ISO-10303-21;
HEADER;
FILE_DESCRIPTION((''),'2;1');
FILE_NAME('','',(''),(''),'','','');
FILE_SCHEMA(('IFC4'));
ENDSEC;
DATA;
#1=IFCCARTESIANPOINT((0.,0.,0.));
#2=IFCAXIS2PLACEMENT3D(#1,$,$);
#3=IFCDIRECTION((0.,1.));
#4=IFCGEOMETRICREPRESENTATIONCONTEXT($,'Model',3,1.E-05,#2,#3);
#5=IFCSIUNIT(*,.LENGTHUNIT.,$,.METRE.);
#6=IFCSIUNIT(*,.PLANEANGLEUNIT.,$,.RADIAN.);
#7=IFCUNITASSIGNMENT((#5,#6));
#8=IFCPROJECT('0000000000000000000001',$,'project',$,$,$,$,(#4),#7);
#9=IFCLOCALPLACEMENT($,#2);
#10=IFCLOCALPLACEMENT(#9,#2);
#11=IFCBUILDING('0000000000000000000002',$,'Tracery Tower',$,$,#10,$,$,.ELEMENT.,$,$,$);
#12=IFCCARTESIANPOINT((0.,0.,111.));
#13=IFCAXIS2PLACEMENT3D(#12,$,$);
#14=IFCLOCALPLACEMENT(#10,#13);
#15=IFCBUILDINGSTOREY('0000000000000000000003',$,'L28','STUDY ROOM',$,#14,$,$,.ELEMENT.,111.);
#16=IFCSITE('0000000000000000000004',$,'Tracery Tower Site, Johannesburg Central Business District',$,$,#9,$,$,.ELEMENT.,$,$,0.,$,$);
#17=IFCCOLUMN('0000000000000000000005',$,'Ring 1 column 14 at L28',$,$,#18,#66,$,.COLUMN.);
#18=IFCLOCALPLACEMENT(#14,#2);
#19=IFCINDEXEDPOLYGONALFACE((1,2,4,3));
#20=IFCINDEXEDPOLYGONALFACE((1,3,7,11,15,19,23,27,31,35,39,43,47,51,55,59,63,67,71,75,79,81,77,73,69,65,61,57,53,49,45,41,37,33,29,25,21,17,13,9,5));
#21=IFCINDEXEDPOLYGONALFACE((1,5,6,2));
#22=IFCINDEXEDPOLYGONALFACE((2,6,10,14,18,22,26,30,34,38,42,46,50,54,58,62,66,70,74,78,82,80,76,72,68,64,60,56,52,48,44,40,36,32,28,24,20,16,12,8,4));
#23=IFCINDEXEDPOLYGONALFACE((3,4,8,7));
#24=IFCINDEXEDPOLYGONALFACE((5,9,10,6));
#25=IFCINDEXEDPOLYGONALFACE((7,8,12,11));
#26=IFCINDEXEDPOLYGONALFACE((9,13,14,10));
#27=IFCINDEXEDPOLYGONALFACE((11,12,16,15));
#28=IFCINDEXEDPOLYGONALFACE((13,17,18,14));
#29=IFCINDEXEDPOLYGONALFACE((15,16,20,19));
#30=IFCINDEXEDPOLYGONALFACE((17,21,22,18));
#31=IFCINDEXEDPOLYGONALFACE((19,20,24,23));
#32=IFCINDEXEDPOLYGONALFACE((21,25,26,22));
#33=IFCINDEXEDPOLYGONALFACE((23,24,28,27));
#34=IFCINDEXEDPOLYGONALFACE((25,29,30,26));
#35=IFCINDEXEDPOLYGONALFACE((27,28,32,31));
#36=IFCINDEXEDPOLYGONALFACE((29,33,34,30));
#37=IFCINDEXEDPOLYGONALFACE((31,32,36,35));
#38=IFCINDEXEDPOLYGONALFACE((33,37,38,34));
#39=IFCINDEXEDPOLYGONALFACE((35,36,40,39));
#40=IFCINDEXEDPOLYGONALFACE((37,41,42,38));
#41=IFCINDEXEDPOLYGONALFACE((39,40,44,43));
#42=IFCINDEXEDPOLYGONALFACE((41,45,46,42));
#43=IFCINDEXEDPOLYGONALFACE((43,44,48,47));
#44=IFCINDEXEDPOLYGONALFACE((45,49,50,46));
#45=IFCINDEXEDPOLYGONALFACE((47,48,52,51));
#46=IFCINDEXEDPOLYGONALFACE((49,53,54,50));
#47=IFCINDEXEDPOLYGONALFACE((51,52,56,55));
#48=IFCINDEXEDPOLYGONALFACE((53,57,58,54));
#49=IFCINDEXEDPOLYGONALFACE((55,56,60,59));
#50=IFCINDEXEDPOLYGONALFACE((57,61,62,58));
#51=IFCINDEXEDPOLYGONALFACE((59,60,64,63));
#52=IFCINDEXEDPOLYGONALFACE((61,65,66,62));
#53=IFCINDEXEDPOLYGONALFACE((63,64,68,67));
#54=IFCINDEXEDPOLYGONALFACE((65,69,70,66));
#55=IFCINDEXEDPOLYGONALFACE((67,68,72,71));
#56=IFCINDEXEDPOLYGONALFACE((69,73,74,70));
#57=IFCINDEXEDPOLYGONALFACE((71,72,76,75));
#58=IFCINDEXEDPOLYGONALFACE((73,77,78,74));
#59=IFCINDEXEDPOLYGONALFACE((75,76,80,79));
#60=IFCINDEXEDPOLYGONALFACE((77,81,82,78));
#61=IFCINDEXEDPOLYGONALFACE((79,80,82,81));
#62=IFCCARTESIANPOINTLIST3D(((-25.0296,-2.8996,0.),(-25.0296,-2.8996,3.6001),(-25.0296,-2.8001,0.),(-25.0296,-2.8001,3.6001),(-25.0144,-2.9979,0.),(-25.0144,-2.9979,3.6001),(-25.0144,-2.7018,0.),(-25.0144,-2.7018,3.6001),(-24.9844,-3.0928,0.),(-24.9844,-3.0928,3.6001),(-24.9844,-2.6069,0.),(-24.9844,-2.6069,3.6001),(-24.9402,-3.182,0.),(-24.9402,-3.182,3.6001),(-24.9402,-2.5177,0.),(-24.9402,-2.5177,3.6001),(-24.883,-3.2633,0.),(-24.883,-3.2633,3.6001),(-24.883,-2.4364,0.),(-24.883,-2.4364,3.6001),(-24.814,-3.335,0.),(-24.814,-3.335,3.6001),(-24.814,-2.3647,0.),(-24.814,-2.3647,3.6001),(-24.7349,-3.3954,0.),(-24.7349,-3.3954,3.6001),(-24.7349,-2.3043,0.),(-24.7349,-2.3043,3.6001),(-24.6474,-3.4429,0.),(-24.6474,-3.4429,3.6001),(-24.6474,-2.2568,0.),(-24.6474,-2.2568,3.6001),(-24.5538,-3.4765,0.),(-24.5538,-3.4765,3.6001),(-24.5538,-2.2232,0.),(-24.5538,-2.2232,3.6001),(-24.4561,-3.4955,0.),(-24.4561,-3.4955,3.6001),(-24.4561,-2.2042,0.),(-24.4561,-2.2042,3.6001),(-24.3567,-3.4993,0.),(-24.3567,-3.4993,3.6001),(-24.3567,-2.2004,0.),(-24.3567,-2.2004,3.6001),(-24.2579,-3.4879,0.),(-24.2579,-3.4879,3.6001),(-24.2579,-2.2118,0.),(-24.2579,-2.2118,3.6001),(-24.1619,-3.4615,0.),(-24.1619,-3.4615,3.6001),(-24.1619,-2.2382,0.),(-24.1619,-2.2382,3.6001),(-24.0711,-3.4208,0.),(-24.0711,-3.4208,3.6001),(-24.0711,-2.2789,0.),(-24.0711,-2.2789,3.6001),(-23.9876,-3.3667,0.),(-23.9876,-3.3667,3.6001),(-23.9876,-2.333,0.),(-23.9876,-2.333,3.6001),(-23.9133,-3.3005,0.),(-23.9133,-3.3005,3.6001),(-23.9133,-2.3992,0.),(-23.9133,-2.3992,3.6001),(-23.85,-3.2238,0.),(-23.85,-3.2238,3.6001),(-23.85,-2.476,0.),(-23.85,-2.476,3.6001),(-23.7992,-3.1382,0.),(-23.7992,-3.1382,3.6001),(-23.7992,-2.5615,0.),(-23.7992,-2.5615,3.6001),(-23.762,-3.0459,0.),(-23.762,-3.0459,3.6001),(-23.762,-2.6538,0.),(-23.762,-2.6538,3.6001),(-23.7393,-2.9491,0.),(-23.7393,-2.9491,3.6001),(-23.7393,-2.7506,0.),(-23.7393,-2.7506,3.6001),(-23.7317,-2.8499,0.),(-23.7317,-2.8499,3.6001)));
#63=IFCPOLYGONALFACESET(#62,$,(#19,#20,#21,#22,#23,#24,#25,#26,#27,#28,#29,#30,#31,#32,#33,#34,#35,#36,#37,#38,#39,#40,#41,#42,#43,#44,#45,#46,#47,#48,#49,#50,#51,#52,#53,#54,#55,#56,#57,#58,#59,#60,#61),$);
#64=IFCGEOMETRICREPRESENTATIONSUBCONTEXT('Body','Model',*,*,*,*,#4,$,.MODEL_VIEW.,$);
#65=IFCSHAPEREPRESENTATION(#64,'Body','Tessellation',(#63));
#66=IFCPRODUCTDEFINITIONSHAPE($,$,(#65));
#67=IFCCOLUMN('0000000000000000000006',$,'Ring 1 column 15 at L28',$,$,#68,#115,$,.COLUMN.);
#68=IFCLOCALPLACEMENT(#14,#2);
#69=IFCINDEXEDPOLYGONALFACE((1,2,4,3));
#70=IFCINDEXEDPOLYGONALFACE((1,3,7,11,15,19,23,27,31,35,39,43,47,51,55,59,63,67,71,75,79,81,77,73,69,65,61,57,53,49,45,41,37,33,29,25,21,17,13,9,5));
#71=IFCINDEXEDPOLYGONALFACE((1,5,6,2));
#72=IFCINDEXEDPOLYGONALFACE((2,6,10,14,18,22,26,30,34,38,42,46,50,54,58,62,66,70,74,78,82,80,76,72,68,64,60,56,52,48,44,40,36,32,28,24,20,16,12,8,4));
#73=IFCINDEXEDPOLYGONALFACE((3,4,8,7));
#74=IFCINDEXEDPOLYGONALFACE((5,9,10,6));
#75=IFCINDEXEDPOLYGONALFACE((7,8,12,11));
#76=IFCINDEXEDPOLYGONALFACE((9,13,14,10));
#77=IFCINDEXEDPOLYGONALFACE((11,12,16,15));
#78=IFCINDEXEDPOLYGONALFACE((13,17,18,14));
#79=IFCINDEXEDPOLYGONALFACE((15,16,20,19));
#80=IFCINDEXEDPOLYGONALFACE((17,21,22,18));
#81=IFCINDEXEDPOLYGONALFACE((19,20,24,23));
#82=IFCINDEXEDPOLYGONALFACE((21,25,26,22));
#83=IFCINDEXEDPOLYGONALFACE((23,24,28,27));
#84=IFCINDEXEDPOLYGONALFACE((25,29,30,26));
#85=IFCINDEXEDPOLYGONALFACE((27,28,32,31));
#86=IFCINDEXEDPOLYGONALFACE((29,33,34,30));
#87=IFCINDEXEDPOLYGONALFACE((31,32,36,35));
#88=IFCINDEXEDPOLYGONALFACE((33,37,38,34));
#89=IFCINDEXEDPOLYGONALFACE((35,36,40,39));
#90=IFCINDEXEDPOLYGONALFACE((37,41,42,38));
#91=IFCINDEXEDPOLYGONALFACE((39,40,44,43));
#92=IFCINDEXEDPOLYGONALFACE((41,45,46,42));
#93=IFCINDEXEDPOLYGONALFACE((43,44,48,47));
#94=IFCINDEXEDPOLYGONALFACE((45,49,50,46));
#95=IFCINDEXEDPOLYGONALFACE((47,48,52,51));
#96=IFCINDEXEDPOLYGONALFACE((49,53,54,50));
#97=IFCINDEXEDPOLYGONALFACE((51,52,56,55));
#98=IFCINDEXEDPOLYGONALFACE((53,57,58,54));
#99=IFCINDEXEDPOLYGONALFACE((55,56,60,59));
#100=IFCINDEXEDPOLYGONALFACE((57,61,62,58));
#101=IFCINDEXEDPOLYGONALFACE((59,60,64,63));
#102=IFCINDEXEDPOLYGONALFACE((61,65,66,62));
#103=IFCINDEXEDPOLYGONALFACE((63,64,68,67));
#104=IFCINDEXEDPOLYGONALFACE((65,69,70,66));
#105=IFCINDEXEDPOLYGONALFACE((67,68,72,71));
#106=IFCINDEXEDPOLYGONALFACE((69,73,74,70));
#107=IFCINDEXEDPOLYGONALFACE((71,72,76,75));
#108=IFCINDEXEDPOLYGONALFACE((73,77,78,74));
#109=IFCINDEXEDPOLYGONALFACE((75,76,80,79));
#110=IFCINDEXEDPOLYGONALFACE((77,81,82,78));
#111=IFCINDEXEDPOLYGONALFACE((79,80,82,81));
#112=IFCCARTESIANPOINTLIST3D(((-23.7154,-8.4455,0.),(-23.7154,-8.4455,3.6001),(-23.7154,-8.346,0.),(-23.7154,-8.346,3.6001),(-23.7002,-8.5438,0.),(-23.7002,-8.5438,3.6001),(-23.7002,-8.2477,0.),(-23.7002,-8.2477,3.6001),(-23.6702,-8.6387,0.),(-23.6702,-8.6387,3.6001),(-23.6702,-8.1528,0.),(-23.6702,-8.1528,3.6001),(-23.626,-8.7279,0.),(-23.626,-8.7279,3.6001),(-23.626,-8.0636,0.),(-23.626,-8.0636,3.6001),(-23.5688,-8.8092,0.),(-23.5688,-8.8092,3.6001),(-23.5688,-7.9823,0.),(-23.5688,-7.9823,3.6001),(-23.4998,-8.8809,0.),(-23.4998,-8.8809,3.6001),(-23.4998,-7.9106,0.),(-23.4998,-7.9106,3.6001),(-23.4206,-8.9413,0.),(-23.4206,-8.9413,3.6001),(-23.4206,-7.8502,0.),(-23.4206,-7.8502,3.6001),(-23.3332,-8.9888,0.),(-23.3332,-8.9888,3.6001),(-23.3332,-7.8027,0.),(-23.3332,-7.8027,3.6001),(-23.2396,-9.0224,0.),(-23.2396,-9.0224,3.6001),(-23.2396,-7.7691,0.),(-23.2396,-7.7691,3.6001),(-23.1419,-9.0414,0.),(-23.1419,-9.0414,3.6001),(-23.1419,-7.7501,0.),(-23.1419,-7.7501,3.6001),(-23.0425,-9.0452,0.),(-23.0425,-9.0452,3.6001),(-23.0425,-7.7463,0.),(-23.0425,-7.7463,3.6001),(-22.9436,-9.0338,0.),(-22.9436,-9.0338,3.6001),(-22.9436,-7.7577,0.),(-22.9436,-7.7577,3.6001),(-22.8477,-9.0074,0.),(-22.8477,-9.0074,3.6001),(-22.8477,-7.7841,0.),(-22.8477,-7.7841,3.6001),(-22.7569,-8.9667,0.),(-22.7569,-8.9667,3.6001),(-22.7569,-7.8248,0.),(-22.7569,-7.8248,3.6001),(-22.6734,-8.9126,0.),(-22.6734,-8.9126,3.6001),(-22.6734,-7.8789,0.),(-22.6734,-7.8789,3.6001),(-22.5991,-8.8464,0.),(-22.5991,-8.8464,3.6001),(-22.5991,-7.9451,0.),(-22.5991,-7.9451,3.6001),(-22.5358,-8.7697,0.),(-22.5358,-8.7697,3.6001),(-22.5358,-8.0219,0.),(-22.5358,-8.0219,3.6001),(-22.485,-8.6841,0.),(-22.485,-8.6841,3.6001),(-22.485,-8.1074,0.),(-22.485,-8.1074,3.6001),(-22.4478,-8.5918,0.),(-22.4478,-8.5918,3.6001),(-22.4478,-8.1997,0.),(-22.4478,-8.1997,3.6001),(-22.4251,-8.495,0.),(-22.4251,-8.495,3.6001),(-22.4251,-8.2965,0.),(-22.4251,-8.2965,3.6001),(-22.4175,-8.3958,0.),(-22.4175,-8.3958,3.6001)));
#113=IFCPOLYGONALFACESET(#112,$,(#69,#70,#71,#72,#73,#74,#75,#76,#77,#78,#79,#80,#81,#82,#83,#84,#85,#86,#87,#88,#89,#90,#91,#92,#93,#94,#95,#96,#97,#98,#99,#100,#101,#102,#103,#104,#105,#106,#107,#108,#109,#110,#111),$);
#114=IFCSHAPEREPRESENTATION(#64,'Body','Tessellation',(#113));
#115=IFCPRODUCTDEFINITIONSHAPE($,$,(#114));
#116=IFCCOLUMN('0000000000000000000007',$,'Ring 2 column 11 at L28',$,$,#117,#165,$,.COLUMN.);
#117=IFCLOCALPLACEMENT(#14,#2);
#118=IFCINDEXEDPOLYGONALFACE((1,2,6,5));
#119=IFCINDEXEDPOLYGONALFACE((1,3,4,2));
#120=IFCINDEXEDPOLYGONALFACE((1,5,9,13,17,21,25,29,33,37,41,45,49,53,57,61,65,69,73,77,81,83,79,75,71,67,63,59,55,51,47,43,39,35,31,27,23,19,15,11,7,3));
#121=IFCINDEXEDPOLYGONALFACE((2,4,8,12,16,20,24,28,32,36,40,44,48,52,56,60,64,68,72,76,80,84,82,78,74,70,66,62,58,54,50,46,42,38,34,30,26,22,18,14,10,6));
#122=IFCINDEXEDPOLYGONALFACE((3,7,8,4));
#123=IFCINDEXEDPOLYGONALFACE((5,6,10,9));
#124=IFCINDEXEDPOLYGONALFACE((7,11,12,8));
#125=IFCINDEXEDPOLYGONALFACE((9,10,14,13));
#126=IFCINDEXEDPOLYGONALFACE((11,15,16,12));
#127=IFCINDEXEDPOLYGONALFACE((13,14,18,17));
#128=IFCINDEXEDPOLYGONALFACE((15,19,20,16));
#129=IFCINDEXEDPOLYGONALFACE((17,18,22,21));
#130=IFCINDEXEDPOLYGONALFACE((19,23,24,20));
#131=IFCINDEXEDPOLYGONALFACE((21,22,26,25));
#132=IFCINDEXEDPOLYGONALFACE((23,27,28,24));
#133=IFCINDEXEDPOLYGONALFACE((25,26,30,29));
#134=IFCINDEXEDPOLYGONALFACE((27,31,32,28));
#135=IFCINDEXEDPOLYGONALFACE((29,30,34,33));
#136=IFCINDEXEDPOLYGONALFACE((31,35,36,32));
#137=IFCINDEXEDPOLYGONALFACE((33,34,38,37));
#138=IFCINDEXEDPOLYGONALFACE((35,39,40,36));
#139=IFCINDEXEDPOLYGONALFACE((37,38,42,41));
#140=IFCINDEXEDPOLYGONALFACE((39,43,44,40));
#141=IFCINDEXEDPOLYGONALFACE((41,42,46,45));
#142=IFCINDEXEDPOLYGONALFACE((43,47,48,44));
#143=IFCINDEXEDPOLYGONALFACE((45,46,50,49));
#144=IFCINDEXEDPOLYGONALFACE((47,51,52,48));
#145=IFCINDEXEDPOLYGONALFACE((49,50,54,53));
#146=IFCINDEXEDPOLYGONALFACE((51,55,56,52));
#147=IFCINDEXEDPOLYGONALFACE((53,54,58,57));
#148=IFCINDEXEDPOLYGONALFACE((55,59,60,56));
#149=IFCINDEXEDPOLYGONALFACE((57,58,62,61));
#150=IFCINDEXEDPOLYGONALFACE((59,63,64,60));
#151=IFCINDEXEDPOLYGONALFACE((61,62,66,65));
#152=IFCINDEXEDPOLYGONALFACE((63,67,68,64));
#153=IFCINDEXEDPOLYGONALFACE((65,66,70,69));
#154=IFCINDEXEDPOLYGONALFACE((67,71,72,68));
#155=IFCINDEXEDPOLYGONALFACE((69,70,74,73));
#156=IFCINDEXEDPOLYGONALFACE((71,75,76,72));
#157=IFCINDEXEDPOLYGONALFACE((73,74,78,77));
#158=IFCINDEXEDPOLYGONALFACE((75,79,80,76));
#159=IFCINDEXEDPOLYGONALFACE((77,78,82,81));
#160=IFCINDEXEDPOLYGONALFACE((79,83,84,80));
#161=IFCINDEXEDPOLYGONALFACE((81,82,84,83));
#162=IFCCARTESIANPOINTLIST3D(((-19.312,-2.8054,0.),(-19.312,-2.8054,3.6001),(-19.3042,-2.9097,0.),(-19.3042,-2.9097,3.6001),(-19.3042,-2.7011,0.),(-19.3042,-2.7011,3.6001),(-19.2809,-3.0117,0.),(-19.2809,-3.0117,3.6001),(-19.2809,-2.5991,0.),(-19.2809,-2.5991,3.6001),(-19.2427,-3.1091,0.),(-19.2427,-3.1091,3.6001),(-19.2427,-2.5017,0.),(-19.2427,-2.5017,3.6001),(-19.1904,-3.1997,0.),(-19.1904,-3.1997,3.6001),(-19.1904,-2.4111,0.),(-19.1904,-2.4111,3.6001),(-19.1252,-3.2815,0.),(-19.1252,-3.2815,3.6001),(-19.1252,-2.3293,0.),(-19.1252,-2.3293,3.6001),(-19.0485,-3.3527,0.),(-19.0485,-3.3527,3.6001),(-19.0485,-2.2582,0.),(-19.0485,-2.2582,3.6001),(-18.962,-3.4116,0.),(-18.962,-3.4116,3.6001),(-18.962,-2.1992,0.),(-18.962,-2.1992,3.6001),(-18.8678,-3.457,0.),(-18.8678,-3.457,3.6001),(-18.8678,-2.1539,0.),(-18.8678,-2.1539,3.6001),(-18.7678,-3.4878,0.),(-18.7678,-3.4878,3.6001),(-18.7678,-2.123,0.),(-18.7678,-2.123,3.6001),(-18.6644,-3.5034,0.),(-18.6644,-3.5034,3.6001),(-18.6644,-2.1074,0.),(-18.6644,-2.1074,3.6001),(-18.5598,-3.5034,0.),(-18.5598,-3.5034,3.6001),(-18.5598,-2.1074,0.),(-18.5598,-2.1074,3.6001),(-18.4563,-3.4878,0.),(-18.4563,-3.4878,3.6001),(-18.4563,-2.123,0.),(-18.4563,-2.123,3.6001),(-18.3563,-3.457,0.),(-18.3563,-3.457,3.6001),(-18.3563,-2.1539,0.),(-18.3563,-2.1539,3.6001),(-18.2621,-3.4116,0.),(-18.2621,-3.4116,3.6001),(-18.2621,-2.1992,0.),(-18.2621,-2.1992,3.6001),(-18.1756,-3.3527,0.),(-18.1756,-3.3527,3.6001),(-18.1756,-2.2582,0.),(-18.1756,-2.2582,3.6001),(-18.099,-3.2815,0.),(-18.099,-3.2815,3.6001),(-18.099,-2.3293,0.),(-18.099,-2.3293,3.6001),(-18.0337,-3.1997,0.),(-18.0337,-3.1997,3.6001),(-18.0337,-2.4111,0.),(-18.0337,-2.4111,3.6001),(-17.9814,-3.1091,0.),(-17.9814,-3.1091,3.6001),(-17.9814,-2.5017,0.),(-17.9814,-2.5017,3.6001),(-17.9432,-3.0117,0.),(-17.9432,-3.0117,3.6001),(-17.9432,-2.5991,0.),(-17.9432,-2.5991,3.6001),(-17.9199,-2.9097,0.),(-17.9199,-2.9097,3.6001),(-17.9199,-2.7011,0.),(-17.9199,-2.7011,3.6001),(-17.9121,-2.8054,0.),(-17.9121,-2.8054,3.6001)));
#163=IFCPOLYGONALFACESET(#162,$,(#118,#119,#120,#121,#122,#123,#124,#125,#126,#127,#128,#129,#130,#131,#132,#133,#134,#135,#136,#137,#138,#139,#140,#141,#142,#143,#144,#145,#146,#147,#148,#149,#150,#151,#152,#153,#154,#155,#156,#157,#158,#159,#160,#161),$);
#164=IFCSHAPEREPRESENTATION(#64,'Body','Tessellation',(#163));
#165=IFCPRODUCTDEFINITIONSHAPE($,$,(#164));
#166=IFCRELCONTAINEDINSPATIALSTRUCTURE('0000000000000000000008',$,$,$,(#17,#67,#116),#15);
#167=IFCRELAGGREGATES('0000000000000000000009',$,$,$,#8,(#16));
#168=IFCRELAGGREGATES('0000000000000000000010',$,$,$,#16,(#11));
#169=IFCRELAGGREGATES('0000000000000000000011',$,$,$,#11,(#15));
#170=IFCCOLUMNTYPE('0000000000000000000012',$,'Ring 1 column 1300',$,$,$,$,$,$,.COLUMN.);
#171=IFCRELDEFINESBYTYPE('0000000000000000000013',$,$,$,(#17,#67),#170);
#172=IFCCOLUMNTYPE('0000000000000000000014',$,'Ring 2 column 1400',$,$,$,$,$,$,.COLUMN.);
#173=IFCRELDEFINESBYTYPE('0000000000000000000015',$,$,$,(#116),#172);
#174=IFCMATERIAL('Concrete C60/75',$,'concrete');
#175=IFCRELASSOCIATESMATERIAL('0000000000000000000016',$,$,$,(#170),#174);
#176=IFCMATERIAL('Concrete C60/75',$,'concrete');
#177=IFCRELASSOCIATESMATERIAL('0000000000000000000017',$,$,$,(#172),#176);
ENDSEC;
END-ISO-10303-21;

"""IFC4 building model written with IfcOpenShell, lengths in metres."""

from ifc_helpers import new_model, si_unit, direction, frame, origin, origin_2d, place, context, subcontext, project, spatial, circle, extrude, material, material_profile, profile_set, type_object, element, save


model = new_model("IFC4")

# Units and contexts
model_context = context("Model", 3, precision=1e-05, world=origin(), true_north=direction((0.0, 1.0)))
body_context = subcontext(model_context, "Body", "Model", "MODEL_VIEW")
ifc_project = project(units=[si_unit("LENGTHUNIT", "METRE"), si_unit("PLANEANGLEUNIT", "RADIAN")], contexts=[model_context])

# Site, building, storey
site_placement = place(None, origin())
site = spatial("IfcSite", under=ifc_project, at=site_placement, Name="Tracery Tower Site, Johannesburg Central Business District", CompositionType="ELEMENT", RefElevation=0.0)
building_placement = place(site_placement, origin())
building = spatial("IfcBuilding", under=site, at=building_placement, Name="Tracery Tower", CompositionType="ELEMENT")
storey_placement = place(building_placement, frame((0.0, 0.0, 111.0)))
storey = spatial("IfcBuildingStorey", under=building, at=storey_placement, Name="L28", Description="STUDY ROOM", CompositionType="ELEMENT", Elevation=111.0)

# Columns
ifc_material_1 = material(Name="Concrete C60/75", Category="concrete")
ifc_material_profile_1 = material_profile(ifc_material_1, circle(Radius=0.6499, at=origin_2d()), Name="RC D1300")
ifc_profile_set_1 = profile_set([ifc_material_profile_1], Name="Concrete C60/75")
column_type_1 = type_object("IfcColumnType", Name="Ring 1 column 1300", PredefinedType="COLUMN", material=ifc_profile_set_1)
for number, where, z_axis, x_axis, name in (
    (1, (-24.3816, -2.8499, 0.0), (0.0, 0.0, 1.0), (1.0, 0.0, 0.0), "Ring 1 column 14 at L28"),
    (2, (-23.0674, -8.3958, 0.0), (0.0, 0.0, 1.0), (1.0, 0.0, 0.0), "Ring 1 column 15 at L28"),
):
    element("IfcColumn", number, at=place(storey_placement, frame(where, z_axis=z_axis, x_axis=x_axis)), inside=storey, type_object=column_type_1, Name=name, PredefinedType="COLUMN", context=body_context, shape_type="SweptSolid", body=[
        extrude(circle(Radius=0.6499, at=origin_2d()), origin(), (0.0, 0.0, 1.0), 3.6001),
    ])
ifc_material_2 = material(Name="Concrete C60/75", Category="concrete")
ifc_material_profile_2 = material_profile(ifc_material_2, circle(Radius=0.7, at=origin_2d()), Name="RC D1400")
ifc_profile_set_2 = profile_set([ifc_material_profile_2], Name="Concrete C60/75")
column_type_2 = type_object("IfcColumnType", Name="Ring 2 column 1400", PredefinedType="COLUMN", material=ifc_profile_set_2)
for number, where, z_axis, x_axis, name in (
    (3, (-18.6121, -2.8054, 0.0), (0.0, 0.0, 1.0), (1.0, 0.0, 0.0), "Ring 2 column 11 at L28"),
):
    element("IfcColumn", number, at=place(storey_placement, frame(where, z_axis=z_axis, x_axis=x_axis)), inside=storey, type_object=column_type_2, Name=name, PredefinedType="COLUMN", context=body_context, shape_type="SweptSolid", body=[
        extrude(circle(Radius=0.7, at=origin_2d()), origin(), (0.0, 0.0, 1.0), 3.6001),
    ])

save(model, "model.ifc")
